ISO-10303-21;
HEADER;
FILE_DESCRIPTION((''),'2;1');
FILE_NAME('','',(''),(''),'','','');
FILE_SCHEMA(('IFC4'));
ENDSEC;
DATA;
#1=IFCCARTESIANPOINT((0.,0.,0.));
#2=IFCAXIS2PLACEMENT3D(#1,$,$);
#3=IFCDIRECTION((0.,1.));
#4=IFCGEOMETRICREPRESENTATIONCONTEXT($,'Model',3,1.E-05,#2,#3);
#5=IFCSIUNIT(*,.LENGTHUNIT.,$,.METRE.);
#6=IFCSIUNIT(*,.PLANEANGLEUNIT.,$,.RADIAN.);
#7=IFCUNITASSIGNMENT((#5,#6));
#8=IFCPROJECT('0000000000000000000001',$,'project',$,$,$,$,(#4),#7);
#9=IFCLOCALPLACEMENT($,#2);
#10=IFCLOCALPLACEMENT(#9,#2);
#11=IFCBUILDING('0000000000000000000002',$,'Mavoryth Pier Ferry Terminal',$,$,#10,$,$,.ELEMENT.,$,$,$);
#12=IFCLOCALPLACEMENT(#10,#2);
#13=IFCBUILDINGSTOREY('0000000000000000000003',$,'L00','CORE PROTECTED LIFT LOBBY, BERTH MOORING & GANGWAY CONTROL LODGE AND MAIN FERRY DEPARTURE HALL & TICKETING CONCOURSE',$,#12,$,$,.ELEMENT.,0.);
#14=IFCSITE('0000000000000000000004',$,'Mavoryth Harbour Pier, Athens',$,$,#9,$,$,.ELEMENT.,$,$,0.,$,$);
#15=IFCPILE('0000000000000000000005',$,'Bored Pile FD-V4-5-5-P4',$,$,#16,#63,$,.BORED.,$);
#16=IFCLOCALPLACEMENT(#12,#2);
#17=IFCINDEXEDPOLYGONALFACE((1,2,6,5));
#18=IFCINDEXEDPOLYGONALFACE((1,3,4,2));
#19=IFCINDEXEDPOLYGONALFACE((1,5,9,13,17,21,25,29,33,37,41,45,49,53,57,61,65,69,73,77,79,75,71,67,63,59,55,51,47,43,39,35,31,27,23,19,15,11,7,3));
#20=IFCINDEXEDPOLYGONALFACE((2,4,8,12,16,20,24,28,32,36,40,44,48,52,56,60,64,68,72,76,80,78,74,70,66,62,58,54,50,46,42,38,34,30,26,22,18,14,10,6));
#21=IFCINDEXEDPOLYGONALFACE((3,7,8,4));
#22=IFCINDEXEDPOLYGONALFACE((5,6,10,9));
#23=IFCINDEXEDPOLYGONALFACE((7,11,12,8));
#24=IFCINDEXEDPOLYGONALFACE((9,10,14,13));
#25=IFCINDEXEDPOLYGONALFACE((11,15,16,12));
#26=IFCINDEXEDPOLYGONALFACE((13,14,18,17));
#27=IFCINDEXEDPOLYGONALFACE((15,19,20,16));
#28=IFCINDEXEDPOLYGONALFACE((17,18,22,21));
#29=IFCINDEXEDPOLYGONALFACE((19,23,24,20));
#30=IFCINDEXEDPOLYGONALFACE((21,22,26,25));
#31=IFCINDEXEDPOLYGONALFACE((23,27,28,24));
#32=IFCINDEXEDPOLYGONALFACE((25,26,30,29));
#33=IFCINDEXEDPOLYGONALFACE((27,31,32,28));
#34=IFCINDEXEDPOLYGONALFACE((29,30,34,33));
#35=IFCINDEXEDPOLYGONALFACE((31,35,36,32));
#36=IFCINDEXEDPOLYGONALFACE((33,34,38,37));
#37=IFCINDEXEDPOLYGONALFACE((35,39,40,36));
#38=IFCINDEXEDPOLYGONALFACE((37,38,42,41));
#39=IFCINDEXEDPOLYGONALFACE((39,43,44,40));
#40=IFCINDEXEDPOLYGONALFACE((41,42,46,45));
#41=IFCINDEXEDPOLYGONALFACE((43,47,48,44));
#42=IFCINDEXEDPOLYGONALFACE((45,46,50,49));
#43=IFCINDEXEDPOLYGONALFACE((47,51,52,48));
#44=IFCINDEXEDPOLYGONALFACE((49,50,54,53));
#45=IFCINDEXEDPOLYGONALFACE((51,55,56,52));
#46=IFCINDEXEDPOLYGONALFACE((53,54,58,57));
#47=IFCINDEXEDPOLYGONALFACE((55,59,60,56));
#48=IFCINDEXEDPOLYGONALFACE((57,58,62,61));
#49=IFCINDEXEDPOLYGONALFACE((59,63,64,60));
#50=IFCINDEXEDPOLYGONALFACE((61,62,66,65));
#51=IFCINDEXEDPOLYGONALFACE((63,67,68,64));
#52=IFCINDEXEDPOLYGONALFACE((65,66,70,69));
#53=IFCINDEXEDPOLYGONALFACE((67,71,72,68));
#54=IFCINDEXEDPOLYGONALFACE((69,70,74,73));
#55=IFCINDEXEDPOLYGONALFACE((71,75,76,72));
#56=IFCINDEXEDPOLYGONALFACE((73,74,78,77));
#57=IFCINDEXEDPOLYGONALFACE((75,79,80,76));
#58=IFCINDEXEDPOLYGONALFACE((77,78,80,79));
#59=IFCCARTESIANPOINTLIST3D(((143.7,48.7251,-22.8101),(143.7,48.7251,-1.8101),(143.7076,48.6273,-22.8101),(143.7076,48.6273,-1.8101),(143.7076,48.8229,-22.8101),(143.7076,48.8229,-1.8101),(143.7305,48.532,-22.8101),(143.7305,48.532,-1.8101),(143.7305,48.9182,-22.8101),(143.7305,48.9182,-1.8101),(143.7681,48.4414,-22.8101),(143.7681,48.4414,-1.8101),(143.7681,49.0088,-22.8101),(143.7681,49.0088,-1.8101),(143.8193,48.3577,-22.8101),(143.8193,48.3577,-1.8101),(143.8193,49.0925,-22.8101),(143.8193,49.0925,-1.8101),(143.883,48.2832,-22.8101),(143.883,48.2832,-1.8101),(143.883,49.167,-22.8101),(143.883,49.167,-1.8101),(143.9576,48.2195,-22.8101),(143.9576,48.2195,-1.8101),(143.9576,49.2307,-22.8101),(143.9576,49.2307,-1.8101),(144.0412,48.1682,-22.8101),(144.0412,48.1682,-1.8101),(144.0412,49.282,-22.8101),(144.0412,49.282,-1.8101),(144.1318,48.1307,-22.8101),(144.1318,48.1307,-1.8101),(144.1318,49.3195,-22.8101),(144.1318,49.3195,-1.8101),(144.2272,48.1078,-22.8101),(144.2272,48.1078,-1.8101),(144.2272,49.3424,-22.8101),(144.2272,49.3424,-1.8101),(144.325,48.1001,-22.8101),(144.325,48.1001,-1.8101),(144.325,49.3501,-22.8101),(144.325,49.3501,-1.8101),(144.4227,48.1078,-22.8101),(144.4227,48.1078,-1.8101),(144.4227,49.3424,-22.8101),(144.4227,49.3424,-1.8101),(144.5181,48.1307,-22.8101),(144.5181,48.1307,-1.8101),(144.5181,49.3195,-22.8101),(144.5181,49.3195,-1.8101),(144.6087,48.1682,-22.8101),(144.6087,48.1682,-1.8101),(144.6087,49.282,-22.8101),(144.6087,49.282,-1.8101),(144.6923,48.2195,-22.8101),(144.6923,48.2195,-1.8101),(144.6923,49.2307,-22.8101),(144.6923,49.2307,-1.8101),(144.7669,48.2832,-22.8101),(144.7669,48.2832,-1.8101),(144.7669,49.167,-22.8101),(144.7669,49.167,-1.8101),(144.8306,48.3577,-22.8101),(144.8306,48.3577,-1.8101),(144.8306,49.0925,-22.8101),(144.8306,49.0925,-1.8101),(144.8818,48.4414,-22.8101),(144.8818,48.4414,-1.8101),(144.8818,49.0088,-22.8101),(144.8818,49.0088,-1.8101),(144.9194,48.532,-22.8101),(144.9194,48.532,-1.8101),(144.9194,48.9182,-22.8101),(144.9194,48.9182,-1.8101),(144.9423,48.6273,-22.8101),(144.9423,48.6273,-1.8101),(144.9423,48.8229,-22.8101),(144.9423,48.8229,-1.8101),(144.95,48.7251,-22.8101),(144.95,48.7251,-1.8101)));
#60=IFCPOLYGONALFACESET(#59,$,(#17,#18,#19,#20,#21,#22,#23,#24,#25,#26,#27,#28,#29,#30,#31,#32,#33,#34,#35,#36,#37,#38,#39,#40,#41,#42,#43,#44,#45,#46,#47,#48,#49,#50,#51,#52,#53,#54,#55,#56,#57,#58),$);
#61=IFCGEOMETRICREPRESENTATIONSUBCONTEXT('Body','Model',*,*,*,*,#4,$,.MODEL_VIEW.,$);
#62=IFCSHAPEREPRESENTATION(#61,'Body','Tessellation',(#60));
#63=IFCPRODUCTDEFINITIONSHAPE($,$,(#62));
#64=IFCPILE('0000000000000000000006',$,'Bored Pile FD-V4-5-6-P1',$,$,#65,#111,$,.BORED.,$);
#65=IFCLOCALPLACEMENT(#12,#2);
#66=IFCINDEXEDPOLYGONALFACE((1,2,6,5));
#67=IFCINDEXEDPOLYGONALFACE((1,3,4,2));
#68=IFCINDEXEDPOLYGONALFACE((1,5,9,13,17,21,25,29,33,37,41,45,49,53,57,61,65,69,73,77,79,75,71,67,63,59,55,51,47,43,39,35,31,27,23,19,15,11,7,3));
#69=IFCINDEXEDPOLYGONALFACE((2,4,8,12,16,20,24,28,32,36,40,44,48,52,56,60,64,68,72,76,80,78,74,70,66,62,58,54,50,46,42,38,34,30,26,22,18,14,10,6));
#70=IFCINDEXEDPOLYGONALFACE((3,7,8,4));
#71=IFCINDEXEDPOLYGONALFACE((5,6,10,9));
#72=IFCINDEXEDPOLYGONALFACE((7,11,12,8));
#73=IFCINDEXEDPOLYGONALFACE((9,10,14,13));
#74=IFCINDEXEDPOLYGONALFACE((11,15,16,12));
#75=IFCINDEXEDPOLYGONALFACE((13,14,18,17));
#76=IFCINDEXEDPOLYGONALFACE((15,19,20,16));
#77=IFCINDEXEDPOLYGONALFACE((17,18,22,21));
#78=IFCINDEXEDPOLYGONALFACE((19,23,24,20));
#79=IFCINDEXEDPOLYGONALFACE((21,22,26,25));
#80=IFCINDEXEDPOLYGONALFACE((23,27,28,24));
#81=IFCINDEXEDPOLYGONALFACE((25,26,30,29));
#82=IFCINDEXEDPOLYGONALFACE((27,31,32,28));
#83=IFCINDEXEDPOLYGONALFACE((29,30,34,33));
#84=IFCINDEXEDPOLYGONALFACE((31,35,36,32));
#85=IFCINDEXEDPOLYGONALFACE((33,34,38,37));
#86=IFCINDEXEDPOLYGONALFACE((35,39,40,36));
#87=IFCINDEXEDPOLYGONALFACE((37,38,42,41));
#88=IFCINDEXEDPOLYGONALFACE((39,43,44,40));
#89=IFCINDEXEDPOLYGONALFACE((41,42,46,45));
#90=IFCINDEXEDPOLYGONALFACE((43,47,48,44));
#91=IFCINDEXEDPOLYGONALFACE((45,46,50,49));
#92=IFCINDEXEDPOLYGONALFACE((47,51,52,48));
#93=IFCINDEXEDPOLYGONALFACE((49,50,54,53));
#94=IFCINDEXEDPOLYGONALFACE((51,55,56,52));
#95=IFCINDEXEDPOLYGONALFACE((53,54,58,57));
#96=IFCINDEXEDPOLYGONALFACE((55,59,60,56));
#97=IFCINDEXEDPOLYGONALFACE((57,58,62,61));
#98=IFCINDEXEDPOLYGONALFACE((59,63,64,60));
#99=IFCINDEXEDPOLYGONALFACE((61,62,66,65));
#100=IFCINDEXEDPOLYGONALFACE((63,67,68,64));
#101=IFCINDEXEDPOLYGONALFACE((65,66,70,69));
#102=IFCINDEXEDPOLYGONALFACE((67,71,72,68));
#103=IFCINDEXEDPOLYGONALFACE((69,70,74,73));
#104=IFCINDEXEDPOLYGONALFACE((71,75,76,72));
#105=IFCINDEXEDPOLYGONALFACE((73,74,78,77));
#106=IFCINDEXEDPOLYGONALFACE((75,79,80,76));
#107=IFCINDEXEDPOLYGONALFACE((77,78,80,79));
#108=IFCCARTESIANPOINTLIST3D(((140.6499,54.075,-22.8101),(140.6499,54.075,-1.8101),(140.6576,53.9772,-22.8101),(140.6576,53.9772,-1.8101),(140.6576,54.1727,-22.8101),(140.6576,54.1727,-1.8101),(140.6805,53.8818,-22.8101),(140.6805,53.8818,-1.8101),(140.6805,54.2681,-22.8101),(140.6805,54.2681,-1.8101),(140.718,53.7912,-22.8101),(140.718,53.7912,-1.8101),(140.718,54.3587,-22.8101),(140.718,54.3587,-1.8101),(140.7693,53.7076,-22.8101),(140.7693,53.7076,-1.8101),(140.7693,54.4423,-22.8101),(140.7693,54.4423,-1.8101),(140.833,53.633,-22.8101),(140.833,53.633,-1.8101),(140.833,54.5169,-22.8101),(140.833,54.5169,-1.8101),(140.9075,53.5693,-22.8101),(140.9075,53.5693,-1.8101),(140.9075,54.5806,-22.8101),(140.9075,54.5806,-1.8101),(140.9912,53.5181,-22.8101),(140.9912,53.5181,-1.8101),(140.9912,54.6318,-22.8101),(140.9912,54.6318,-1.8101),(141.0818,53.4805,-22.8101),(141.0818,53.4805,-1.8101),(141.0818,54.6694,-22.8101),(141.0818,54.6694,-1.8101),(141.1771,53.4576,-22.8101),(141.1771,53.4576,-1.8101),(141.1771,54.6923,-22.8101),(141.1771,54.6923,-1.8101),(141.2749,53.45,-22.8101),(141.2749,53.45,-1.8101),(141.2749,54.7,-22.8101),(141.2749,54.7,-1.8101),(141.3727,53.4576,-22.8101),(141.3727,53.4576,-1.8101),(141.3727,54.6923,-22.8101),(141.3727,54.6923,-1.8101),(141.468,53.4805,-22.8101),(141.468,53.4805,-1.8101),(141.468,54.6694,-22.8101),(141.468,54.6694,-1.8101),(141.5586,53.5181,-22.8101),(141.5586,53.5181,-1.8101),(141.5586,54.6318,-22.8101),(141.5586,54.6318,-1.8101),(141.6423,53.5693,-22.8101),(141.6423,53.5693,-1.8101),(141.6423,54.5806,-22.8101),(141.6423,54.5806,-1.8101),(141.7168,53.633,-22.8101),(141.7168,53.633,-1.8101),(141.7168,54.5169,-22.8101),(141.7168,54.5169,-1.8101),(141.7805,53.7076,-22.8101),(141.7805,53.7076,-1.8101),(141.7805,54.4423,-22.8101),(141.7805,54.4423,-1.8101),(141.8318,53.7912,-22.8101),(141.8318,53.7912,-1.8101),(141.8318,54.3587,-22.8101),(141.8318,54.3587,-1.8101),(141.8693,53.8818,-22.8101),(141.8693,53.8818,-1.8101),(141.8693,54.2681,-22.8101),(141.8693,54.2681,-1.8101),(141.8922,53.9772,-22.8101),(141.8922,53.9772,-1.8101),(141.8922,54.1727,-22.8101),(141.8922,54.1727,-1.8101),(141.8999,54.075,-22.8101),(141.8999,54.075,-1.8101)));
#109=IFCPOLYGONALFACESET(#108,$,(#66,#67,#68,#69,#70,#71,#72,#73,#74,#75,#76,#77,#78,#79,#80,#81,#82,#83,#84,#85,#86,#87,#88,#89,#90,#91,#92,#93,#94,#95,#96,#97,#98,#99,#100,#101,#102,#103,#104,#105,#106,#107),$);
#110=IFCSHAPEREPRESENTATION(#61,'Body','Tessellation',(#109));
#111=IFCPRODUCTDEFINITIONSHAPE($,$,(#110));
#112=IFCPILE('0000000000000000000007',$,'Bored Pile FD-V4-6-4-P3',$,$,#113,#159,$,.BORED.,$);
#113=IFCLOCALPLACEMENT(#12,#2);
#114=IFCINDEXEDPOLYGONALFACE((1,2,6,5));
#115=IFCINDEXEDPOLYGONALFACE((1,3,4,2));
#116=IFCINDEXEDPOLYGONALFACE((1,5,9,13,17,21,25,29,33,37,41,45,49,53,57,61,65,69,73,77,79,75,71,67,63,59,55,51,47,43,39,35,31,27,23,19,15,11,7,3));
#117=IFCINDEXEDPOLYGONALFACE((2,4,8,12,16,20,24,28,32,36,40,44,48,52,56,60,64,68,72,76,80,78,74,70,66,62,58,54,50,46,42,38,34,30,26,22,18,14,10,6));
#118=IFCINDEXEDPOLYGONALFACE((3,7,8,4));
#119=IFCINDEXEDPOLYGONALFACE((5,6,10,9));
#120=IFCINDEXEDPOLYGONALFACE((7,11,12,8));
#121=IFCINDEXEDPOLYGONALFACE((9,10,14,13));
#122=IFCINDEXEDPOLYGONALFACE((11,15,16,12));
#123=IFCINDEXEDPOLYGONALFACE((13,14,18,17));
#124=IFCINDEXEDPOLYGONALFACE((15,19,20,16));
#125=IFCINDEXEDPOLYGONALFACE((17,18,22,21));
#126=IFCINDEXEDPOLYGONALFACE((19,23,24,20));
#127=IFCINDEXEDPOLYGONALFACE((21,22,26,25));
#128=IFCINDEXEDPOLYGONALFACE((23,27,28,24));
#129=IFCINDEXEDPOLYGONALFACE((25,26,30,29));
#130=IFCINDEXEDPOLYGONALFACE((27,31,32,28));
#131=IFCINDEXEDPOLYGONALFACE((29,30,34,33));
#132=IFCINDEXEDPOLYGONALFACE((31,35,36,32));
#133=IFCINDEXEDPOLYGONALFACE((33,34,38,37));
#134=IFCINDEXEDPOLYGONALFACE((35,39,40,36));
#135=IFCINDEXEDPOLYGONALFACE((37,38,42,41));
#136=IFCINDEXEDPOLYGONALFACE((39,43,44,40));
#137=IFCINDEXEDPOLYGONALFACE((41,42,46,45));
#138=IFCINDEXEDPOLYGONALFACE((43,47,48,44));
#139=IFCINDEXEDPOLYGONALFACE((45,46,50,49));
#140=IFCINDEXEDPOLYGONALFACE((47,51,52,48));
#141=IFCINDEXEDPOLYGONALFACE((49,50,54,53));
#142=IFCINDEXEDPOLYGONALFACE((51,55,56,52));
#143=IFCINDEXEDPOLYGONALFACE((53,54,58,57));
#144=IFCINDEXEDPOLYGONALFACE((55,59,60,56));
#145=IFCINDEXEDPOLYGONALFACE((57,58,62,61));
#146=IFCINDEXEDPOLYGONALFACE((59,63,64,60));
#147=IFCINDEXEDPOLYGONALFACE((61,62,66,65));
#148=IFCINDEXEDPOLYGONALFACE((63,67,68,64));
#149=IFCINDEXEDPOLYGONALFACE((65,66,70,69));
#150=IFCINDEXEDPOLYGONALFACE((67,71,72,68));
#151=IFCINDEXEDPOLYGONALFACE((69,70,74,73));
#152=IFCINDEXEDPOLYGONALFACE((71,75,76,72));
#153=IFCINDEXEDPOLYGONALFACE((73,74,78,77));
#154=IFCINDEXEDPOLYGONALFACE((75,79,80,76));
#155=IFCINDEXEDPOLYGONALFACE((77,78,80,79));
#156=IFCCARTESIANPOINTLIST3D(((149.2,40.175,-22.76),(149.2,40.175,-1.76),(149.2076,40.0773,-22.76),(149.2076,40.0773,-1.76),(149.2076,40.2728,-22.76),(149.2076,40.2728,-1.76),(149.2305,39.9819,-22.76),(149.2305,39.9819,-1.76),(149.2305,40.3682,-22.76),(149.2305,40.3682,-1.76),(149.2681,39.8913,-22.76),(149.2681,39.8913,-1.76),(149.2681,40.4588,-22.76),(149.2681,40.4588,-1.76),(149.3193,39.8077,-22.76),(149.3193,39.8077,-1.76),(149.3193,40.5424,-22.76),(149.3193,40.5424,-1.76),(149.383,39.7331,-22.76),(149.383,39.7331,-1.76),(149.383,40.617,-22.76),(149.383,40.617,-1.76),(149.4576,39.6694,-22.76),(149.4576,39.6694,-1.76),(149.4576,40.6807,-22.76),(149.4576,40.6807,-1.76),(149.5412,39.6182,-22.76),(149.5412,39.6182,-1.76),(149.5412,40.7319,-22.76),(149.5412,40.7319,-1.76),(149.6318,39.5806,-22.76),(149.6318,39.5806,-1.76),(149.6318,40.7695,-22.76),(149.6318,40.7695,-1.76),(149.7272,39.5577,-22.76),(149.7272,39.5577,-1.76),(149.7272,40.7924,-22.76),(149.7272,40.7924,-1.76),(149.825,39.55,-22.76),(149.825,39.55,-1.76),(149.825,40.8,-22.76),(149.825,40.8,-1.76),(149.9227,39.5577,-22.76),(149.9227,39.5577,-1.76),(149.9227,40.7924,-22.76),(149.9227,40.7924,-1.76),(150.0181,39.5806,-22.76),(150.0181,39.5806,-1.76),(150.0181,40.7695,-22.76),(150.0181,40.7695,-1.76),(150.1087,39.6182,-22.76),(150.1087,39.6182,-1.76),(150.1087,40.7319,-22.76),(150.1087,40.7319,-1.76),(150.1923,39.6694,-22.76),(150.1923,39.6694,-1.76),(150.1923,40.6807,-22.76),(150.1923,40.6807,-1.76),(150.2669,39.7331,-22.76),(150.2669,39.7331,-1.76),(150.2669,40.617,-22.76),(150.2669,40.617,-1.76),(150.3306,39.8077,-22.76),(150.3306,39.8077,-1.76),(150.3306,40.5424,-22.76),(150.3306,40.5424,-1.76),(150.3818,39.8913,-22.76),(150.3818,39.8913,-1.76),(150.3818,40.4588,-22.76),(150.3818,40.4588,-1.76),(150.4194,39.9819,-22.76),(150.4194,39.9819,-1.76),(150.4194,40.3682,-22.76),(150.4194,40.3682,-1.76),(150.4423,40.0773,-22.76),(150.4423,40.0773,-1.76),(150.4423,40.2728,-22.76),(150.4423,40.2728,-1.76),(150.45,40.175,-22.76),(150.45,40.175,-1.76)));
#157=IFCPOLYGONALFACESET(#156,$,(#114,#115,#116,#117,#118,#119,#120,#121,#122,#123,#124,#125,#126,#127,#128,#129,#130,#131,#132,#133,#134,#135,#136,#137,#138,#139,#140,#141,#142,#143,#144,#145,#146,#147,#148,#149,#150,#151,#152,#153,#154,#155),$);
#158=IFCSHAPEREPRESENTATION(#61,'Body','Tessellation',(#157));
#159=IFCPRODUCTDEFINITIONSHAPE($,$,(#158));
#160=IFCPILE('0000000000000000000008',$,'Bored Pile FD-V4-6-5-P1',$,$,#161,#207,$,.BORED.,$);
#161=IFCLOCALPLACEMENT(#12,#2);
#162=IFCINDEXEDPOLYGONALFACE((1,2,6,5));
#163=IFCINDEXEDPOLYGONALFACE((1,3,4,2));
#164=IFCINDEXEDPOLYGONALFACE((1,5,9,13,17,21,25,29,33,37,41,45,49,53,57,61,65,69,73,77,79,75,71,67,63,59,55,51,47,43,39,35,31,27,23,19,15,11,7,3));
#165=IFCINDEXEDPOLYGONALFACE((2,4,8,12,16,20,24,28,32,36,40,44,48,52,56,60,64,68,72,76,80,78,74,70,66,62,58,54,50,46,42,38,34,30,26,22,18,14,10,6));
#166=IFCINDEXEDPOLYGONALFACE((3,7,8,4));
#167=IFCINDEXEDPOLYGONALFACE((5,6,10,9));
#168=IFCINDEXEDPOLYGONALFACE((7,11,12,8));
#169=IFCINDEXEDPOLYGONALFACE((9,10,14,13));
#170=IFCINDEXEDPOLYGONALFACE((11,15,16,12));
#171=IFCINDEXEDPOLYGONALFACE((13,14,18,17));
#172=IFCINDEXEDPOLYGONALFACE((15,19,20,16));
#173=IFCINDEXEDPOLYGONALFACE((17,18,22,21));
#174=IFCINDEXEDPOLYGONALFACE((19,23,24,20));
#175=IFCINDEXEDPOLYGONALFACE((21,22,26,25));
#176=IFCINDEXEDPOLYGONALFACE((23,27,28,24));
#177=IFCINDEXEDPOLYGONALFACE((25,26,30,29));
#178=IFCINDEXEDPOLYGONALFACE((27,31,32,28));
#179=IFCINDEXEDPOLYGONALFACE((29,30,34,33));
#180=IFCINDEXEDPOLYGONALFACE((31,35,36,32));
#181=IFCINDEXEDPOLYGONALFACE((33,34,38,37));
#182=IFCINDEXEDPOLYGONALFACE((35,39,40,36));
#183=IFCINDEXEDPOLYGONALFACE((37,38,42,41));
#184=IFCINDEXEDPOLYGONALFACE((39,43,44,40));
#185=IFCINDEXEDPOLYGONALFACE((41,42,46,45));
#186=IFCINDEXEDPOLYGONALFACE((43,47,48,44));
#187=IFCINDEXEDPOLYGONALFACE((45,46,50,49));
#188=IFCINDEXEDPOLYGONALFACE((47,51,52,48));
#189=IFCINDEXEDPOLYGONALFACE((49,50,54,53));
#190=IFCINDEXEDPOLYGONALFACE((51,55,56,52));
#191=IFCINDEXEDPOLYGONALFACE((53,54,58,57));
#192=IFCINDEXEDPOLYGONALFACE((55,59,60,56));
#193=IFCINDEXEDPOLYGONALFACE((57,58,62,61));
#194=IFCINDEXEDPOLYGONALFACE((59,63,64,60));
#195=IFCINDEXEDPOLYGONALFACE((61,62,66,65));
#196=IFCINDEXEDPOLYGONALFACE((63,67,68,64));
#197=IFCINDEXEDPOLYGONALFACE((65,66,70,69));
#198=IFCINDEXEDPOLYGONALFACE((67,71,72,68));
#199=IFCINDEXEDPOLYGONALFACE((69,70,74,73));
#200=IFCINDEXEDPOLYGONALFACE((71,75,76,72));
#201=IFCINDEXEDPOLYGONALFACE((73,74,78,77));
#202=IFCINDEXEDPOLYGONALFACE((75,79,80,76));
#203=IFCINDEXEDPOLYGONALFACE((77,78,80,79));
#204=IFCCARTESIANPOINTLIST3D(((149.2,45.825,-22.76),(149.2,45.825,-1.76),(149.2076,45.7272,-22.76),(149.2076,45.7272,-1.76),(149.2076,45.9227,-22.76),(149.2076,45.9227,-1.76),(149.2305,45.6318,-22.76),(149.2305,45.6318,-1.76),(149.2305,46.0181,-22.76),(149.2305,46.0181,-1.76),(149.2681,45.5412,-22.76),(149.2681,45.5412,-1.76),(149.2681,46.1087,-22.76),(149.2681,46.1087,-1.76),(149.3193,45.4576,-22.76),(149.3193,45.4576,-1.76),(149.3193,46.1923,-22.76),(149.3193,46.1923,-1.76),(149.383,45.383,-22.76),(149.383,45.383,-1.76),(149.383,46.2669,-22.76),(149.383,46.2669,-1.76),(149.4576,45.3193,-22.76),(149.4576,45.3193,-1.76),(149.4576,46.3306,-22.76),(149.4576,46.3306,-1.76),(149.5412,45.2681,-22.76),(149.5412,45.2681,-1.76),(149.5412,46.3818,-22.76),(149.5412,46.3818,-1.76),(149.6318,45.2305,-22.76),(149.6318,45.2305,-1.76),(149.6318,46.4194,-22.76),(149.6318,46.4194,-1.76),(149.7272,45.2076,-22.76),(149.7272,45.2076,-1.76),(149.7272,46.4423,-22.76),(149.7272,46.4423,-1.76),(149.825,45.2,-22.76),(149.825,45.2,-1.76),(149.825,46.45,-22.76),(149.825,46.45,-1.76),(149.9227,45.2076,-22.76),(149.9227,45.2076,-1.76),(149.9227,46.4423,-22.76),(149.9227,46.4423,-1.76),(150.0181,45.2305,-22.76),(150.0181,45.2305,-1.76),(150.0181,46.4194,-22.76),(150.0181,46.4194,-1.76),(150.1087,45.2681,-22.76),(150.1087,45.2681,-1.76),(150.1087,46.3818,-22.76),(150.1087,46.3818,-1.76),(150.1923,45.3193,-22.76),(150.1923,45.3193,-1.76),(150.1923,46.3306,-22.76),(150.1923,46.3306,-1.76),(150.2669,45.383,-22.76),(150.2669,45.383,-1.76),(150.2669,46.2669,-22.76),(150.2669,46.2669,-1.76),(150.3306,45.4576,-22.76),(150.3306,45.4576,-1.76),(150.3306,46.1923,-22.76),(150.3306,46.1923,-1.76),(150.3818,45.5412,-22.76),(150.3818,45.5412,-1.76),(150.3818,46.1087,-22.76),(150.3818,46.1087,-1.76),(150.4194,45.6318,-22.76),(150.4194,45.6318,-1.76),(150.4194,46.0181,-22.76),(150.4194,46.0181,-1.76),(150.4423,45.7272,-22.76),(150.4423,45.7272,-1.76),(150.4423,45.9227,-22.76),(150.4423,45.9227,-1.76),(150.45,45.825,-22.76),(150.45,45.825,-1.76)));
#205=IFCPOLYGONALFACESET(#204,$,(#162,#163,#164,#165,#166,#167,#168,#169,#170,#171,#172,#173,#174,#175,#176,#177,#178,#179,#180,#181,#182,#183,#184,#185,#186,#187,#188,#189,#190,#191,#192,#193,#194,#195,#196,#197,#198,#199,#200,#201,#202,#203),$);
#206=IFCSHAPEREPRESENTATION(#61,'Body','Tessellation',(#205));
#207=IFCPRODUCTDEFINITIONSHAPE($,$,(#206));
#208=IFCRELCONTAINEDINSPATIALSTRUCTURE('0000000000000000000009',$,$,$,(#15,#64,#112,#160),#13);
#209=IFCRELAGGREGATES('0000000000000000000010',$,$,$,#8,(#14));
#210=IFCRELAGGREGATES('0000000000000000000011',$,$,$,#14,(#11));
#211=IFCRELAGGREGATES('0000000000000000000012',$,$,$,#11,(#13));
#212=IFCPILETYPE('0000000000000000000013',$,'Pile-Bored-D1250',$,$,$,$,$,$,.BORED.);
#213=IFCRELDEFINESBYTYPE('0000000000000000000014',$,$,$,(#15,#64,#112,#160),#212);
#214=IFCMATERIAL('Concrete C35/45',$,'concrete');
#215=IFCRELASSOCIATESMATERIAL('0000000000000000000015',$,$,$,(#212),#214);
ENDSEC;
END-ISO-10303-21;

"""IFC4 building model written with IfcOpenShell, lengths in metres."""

from ifc_helpers import new_model, si_unit, direction, frame, origin, origin_2d, place, context, subcontext, project, spatial, circle, extrude, material, material_profile, profile_set, type_object, element, save


model = new_model("IFC4")

# Units and contexts
model_context = context("Model", 3, precision=1e-05, world=origin(), true_north=direction((0.0, 1.0)))
body_context = subcontext(model_context, "Body", "Model", "MODEL_VIEW")
ifc_project = project(units=[si_unit("LENGTHUNIT", "METRE"), si_unit("PLANEANGLEUNIT", "RADIAN")], contexts=[model_context])

# Site, building, storey
site_placement = place(None, origin())
site = spatial("IfcSite", under=ifc_project, at=site_placement, Name="Mavoryth Harbour Pier, Athens", CompositionType="ELEMENT", RefElevation=0.0)
building_placement = place(site_placement, origin())
building = spatial("IfcBuilding", under=site, at=building_placement, Name="Mavoryth Pier Ferry Terminal", CompositionType="ELEMENT")
storey_placement = place(building_placement, origin())
storey = spatial("IfcBuildingStorey", under=building, at=storey_placement, Name="L00", Description="CORE PROTECTED LIFT LOBBY, BERTH MOORING & GANGWAY CONTROL LODGE AND MAIN FERRY DEPARTURE HALL & TICKETING CONCOURSE", CompositionType="ELEMENT", Elevation=0.0)

# Shared definitions
ifc_material_1 = material(Name="Concrete C35/45", Category="concrete")

# Piles
ifc_material_profile_1 = material_profile(ifc_material_1, circle(Radius=0.625, at=origin_2d()), Name="PILE D1250", Category="concrete")
ifc_profile_set_1 = profile_set([ifc_material_profile_1], Name="Concrete C35/45 - PILE D1250")
pile_type = type_object("IfcPileType", Name="Pile-Bored-D1250", PredefinedType="BORED", material=ifc_profile_set_1)
for number, where, z_axis, x_axis, name in (
    (1, (144.325, 48.7251, -1.8101), (0.0, 0.0, -1.0), (1.0, 0.0, 0.0), "Bored Pile FD-V4-5-5-P4"),
    (2, (141.2749, 54.075, -1.8101), (0.0, 0.0, -1.0), (1.0, 0.0, 0.0), "Bored Pile FD-V4-5-6-P1"),
    (3, (149.825, 40.175, -1.76), (0.0, 0.0, -1.0), (1.0, 0.0, 0.0), "Bored Pile FD-V4-6-4-P3"),
    (4, (149.825, 45.825, -1.76), (0.0, 0.0, -1.0), (1.0, 0.0, 0.0), "Bored Pile FD-V4-6-5-P1"),
):
    element("IfcPile", number, at=place(storey_placement, frame(where, z_axis=z_axis, x_axis=x_axis)), inside=storey, type_object=pile_type, Name=name, PredefinedType="BORED", context=body_context, shape_type="SweptSolid", body=[
        extrude(circle(Radius=0.625, at=origin_2d()), origin(), (0.0, 0.0, 1.0), 21.0),
    ])

save(model, "model.ifc")
